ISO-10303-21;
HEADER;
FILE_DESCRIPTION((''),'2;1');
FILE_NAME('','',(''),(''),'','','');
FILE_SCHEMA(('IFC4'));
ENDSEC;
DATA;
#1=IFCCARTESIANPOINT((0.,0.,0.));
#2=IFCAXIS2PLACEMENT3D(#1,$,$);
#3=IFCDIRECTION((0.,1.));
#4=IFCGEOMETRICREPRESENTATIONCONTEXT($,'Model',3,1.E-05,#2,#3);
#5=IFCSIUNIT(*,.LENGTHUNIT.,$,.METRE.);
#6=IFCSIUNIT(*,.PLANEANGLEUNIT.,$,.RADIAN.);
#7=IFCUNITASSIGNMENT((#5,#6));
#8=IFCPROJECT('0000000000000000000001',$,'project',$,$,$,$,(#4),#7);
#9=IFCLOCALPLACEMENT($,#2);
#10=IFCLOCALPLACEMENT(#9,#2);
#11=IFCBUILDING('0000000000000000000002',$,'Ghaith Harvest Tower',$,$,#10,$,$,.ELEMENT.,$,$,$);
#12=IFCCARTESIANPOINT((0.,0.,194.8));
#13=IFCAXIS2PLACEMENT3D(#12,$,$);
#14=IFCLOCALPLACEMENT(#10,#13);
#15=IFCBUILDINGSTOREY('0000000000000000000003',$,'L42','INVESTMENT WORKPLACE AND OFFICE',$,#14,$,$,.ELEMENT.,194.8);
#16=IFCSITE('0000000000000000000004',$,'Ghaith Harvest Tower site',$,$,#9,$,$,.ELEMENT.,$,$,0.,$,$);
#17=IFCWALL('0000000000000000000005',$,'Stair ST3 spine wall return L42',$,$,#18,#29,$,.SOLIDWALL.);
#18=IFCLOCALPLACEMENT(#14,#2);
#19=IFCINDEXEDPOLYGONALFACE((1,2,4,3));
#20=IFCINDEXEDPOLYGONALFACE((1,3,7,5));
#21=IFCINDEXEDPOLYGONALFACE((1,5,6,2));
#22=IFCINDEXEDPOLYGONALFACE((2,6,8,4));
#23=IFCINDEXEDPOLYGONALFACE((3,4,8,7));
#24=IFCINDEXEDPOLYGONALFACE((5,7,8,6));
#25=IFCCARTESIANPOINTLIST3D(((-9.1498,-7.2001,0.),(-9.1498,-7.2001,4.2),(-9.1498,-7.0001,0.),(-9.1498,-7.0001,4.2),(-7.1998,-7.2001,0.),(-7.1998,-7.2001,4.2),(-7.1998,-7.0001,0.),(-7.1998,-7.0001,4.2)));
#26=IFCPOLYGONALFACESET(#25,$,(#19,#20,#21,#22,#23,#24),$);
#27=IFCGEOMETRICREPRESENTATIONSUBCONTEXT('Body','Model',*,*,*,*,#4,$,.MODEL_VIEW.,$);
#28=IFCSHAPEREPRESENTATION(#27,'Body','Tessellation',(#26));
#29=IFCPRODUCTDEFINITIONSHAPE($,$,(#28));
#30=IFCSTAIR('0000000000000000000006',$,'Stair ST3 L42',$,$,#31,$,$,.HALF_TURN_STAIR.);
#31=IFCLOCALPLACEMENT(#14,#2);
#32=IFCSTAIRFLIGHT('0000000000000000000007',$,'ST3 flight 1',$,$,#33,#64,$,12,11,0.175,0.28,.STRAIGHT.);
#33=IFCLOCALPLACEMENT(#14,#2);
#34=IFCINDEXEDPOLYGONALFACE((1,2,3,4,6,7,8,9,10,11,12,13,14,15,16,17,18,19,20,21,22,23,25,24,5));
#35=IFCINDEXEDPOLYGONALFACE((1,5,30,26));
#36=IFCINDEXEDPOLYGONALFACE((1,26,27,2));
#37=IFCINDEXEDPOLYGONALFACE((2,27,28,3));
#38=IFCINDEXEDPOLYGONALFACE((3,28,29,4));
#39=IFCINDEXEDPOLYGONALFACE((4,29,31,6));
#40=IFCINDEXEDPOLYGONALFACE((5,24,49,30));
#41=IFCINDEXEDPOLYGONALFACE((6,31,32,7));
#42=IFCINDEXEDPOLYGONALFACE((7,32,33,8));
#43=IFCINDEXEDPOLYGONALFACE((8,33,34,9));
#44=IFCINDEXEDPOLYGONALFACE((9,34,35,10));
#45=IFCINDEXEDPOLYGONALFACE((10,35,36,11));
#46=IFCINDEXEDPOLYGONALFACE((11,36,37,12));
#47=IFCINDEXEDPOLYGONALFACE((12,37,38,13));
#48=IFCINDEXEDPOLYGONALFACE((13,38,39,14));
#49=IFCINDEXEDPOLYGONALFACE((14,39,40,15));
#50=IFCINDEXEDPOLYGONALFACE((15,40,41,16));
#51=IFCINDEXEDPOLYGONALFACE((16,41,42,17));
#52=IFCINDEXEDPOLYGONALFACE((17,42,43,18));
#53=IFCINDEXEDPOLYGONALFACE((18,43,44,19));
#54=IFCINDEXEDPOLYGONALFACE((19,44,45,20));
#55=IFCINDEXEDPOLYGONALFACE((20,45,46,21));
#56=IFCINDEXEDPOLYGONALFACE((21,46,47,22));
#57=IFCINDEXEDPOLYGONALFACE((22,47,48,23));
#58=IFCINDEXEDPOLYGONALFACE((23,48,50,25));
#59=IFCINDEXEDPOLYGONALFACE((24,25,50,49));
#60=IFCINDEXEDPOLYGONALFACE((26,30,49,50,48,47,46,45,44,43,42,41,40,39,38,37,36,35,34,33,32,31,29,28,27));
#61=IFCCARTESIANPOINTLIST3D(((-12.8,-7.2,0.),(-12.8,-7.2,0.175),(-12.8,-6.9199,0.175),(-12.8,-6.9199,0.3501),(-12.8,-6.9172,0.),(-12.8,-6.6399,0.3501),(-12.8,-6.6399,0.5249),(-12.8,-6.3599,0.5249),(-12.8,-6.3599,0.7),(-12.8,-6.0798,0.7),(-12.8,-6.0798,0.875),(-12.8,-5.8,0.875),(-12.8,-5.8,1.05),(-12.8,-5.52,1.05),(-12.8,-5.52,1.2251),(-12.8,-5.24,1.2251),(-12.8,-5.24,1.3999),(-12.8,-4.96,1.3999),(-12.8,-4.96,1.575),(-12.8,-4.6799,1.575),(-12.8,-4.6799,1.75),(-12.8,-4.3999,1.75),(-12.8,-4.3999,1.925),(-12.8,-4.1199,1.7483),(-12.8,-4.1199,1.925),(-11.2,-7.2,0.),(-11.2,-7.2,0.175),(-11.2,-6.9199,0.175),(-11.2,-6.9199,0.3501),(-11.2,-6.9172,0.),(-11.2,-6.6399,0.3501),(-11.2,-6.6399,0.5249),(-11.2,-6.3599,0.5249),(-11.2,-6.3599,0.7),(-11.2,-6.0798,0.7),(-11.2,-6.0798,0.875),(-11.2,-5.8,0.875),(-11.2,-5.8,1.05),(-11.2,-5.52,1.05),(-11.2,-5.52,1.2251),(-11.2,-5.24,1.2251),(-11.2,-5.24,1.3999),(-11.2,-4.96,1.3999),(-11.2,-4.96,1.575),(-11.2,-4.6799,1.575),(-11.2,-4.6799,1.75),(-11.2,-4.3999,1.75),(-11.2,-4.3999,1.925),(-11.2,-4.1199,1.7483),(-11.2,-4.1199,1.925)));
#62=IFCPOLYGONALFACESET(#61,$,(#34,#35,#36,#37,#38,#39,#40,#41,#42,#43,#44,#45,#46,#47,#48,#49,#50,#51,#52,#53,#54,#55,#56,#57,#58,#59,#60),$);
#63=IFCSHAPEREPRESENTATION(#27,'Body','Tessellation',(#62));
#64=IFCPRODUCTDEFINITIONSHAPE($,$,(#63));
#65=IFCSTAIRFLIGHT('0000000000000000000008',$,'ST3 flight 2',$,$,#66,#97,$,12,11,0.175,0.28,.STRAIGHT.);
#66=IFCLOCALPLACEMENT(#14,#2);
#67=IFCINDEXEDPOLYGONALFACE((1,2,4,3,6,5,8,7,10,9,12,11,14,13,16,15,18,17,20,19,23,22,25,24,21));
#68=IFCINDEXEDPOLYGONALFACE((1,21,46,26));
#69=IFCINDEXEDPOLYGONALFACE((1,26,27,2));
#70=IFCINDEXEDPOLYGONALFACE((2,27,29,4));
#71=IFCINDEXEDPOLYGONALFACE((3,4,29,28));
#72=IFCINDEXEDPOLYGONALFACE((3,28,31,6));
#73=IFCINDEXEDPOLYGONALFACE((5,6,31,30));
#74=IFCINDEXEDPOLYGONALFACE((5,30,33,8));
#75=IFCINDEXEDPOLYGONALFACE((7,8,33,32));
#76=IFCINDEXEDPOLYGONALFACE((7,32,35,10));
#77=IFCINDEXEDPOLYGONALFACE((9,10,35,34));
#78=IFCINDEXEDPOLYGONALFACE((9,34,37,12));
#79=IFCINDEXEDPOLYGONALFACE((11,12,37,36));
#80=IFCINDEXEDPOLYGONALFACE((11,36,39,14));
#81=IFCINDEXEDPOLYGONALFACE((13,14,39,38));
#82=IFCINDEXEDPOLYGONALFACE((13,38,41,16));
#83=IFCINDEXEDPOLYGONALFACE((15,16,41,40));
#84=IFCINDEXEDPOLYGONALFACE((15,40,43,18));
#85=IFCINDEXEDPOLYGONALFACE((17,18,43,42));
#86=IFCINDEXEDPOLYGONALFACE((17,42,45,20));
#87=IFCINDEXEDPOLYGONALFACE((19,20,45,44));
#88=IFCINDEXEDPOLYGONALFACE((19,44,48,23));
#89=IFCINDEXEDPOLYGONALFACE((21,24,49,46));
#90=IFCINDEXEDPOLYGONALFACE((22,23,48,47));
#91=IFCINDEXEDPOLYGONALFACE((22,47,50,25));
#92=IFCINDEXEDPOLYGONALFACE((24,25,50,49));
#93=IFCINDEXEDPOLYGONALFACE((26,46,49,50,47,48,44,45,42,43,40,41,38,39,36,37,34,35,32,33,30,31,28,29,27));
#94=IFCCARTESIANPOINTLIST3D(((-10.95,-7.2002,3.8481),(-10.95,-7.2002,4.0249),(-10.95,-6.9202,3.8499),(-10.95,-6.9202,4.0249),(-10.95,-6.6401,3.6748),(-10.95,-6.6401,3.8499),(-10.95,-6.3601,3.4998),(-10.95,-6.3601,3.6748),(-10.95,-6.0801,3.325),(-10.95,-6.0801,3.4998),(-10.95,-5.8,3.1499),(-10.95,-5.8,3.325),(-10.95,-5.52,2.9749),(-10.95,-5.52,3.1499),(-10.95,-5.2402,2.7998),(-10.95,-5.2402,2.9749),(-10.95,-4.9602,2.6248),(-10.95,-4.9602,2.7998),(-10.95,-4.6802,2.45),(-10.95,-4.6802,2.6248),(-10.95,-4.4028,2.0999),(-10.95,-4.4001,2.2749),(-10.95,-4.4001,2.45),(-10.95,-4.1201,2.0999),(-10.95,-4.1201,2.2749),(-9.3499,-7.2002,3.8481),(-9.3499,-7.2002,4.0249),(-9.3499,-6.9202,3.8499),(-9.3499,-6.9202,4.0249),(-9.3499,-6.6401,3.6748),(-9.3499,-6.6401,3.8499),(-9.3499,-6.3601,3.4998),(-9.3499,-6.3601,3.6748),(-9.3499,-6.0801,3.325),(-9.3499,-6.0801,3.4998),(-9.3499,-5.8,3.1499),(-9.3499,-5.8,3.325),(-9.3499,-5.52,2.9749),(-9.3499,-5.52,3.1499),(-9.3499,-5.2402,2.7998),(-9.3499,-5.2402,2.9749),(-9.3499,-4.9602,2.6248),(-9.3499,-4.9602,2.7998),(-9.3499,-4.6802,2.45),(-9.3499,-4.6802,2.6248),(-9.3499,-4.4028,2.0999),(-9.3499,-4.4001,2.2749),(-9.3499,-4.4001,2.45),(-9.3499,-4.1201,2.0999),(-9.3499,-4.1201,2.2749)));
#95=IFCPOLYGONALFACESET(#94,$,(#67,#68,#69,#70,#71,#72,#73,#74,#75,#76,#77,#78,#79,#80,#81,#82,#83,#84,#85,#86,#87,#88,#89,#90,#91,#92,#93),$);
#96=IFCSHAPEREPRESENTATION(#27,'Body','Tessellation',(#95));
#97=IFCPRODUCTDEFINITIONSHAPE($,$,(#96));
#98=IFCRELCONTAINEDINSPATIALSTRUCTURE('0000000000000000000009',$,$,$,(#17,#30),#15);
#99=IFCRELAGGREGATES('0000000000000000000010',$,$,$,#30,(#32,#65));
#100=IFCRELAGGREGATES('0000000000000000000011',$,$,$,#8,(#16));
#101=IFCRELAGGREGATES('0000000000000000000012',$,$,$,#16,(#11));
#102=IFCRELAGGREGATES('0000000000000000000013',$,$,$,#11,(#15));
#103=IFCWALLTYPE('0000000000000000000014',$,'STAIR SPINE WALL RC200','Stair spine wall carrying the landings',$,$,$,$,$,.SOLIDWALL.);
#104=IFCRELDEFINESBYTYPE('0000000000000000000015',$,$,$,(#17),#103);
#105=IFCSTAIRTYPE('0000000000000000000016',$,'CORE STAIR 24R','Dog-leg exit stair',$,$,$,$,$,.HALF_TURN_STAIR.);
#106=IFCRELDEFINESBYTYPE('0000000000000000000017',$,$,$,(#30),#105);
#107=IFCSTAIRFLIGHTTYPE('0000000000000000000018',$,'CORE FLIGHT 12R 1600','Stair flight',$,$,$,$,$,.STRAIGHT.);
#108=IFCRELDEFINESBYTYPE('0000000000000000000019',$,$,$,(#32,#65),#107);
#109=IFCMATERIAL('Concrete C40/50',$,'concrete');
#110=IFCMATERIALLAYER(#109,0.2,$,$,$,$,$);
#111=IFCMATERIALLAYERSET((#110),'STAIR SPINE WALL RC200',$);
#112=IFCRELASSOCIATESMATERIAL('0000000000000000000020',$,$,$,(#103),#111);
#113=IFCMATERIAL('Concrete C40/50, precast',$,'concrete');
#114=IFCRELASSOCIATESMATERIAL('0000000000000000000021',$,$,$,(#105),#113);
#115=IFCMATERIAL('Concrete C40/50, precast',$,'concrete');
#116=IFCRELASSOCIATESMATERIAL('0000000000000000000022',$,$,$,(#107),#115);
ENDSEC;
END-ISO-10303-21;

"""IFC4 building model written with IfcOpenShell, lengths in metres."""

from ifc_helpers import new_model, si_unit, direction, frame, frame_2d, origin, place, context, subcontext, project, spatial, polyline, rectangle, outline, extrude, material, layer, layer_set, type_object, element, aggregate, save


model = new_model("IFC4")

# Units and contexts
model_context = context("Model", 3, precision=1e-05, world=origin(), true_north=direction((0.0, 1.0)))
body_context = subcontext(model_context, "Body", "Model", "MODEL_VIEW")
ifc_project = project(units=[si_unit("LENGTHUNIT", "METRE"), si_unit("PLANEANGLEUNIT", "RADIAN")], contexts=[model_context])

# Site, building, storey
site_placement = place(None, origin())
site = spatial("IfcSite", under=ifc_project, at=site_placement, Name="Ghaith Harvest Tower site", CompositionType="ELEMENT", RefElevation=0.0)
building_placement = place(site_placement, origin())
building = spatial("IfcBuilding", under=site, at=building_placement, Name="Ghaith Harvest Tower", CompositionType="ELEMENT")
storey_placement = place(building_placement, frame((0.0, 0.0, 194.8)))
storey = spatial("IfcBuildingStorey", under=building, at=storey_placement, Name="L42", Description="INVESTMENT WORKPLACE AND OFFICE", CompositionType="ELEMENT", Elevation=194.8)

# Wall
ifc_material_1 = material(Name="Concrete C40/50", Category="concrete")
ifc_layer_1 = layer(ifc_material_1, 0.2)
ifc_layer_set_1 = layer_set([ifc_layer_1], Name="STAIR SPINE WALL RC200")
wall_type_1 = type_object("IfcWallType", Name="STAIR SPINE WALL RC200", Description="Stair spine wall carrying the landings", PredefinedType="SOLIDWALL", material=ifc_layer_set_1)
wall_1_placement = place(storey_placement, frame((-9.1499, -7.1001, 0.0), z_axis=(0.0, 0.0, 1.0), x_axis=(1.0, 0.0, 0.0)))
element("IfcWall", 1, at=wall_1_placement, inside=storey, type_object=wall_type_1, Name="Stair ST3 spine wall return L42", PredefinedType="SOLIDWALL", context=body_context, shape_type="SweptSolid", body=[
    extrude(rectangle(XDim=1.95, YDim=0.2, at=frame_2d((0.9751, 0.0))), origin(), (0.0, 0.0, 1.0), 4.2),
])

# Stair, stair flights
ifc_material_2 = material(Name="Concrete C40/50, precast", Category="concrete")
stair_type = type_object("IfcStairType", Name="CORE STAIR 24R", Description="Dog-leg exit stair", PredefinedType="HALF_TURN_STAIR", material=ifc_material_2)
stair_placement = place(storey_placement, origin())
stair = element("IfcStair", 2, at=stair_placement, inside=storey, type_object=stair_type, Name="Stair ST3 L42", PredefinedType="HALF_TURN_STAIR")
ifc_material_3 = material(Name="Concrete C40/50, precast", Category="concrete")
stair_flight_type = type_object("IfcStairFlightType", Name="CORE FLIGHT 12R 1600", Description="Stair flight", PredefinedType="STRAIGHT", material=ifc_material_3)
stair_flight_1_placement = place(storey_placement, frame((-12.0, -7.2, 0.0), z_axis=(0.0, 0.0, 1.0), x_axis=(0.0, 1.0, 0.0)))
stair_flight_1 = element("IfcStairFlight", 3, at=stair_flight_1_placement, type_object=stair_flight_type, Name="ST3 flight 1", NumberOfRisers=12, NumberOfTreads=11, PredefinedType="STRAIGHT", RiserHeight=0.175, TreadLength=0.28, context=body_context, shape_type="SweptSolid", body=[
    extrude(outline(polyline([(0.0, 0.0), (0.0, 0.175), (0.28, 0.175), (0.28, 0.3501), (0.5601, 0.3501), (0.5601, 0.5249), (0.8401, 0.5249), (0.8401, 0.7), (1.1201, 0.7), (1.1201, 0.875), (1.3999, 0.875), (1.3999, 1.05), (1.6799, 1.05), (1.6799, 1.2251), (1.96, 1.2251), (1.96, 1.3999), (2.24, 1.3999), (2.24, 1.575), (2.52, 1.575), (2.52, 1.75), (2.8, 1.75), (2.8, 1.925), (3.0801, 1.925), (3.0801, 2.1001), (3.0801, 1.7483), (0.2827, 0.0), (0.0, 0.0)])), frame((0.0, 0.8, 0.0), z_axis=(0.0, -1.0, 0.0), x_axis=(1.0, 0.0, 0.0)), (0.0, 0.0, 1.0), 1.6001),
])
stair_flight_2_placement = place(storey_placement, frame((-10.1499, -4.1201, 2.0999), z_axis=(0.0, 0.0, 1.0), x_axis=(0.0, -1.0, 0.0)))
stair_flight_2 = element("IfcStairFlight", 4, at=stair_flight_2_placement, type_object=stair_flight_type, Name="ST3 flight 2", NumberOfRisers=12, NumberOfTreads=11, PredefinedType="STRAIGHT", RiserHeight=0.175, TreadLength=0.28, context=body_context, shape_type="SweptSolid", body=[
    extrude(outline(polyline([(0.0, 0.0), (0.0, 0.175), (0.28, 0.175), (0.28, 0.3501), (0.5601, 0.3501), (0.5601, 0.5249), (0.8401, 0.5249), (0.8401, 0.7), (1.1201, 0.7), (1.1201, 0.875), (1.3999, 0.875), (1.3999, 1.05), (1.6799, 1.05), (1.6799, 1.2251), (1.96, 1.2251), (1.96, 1.3999), (2.24, 1.3999), (2.24, 1.575), (2.52, 1.575), (2.52, 1.75), (2.8, 1.75), (2.8, 1.925), (3.0801, 1.925), (3.0801, 2.1001), (3.0801, 1.7483), (0.2827, 0.0), (0.0, 0.0)])), frame((0.0, 0.8, 0.0), z_axis=(0.0, -1.0, 0.0), x_axis=(1.0, 0.0, 0.0)), (0.0, 0.0, 1.0), 1.6001),
])
aggregate(stair, [stair_flight_1, stair_flight_2])

save(model, "model.ifc")
